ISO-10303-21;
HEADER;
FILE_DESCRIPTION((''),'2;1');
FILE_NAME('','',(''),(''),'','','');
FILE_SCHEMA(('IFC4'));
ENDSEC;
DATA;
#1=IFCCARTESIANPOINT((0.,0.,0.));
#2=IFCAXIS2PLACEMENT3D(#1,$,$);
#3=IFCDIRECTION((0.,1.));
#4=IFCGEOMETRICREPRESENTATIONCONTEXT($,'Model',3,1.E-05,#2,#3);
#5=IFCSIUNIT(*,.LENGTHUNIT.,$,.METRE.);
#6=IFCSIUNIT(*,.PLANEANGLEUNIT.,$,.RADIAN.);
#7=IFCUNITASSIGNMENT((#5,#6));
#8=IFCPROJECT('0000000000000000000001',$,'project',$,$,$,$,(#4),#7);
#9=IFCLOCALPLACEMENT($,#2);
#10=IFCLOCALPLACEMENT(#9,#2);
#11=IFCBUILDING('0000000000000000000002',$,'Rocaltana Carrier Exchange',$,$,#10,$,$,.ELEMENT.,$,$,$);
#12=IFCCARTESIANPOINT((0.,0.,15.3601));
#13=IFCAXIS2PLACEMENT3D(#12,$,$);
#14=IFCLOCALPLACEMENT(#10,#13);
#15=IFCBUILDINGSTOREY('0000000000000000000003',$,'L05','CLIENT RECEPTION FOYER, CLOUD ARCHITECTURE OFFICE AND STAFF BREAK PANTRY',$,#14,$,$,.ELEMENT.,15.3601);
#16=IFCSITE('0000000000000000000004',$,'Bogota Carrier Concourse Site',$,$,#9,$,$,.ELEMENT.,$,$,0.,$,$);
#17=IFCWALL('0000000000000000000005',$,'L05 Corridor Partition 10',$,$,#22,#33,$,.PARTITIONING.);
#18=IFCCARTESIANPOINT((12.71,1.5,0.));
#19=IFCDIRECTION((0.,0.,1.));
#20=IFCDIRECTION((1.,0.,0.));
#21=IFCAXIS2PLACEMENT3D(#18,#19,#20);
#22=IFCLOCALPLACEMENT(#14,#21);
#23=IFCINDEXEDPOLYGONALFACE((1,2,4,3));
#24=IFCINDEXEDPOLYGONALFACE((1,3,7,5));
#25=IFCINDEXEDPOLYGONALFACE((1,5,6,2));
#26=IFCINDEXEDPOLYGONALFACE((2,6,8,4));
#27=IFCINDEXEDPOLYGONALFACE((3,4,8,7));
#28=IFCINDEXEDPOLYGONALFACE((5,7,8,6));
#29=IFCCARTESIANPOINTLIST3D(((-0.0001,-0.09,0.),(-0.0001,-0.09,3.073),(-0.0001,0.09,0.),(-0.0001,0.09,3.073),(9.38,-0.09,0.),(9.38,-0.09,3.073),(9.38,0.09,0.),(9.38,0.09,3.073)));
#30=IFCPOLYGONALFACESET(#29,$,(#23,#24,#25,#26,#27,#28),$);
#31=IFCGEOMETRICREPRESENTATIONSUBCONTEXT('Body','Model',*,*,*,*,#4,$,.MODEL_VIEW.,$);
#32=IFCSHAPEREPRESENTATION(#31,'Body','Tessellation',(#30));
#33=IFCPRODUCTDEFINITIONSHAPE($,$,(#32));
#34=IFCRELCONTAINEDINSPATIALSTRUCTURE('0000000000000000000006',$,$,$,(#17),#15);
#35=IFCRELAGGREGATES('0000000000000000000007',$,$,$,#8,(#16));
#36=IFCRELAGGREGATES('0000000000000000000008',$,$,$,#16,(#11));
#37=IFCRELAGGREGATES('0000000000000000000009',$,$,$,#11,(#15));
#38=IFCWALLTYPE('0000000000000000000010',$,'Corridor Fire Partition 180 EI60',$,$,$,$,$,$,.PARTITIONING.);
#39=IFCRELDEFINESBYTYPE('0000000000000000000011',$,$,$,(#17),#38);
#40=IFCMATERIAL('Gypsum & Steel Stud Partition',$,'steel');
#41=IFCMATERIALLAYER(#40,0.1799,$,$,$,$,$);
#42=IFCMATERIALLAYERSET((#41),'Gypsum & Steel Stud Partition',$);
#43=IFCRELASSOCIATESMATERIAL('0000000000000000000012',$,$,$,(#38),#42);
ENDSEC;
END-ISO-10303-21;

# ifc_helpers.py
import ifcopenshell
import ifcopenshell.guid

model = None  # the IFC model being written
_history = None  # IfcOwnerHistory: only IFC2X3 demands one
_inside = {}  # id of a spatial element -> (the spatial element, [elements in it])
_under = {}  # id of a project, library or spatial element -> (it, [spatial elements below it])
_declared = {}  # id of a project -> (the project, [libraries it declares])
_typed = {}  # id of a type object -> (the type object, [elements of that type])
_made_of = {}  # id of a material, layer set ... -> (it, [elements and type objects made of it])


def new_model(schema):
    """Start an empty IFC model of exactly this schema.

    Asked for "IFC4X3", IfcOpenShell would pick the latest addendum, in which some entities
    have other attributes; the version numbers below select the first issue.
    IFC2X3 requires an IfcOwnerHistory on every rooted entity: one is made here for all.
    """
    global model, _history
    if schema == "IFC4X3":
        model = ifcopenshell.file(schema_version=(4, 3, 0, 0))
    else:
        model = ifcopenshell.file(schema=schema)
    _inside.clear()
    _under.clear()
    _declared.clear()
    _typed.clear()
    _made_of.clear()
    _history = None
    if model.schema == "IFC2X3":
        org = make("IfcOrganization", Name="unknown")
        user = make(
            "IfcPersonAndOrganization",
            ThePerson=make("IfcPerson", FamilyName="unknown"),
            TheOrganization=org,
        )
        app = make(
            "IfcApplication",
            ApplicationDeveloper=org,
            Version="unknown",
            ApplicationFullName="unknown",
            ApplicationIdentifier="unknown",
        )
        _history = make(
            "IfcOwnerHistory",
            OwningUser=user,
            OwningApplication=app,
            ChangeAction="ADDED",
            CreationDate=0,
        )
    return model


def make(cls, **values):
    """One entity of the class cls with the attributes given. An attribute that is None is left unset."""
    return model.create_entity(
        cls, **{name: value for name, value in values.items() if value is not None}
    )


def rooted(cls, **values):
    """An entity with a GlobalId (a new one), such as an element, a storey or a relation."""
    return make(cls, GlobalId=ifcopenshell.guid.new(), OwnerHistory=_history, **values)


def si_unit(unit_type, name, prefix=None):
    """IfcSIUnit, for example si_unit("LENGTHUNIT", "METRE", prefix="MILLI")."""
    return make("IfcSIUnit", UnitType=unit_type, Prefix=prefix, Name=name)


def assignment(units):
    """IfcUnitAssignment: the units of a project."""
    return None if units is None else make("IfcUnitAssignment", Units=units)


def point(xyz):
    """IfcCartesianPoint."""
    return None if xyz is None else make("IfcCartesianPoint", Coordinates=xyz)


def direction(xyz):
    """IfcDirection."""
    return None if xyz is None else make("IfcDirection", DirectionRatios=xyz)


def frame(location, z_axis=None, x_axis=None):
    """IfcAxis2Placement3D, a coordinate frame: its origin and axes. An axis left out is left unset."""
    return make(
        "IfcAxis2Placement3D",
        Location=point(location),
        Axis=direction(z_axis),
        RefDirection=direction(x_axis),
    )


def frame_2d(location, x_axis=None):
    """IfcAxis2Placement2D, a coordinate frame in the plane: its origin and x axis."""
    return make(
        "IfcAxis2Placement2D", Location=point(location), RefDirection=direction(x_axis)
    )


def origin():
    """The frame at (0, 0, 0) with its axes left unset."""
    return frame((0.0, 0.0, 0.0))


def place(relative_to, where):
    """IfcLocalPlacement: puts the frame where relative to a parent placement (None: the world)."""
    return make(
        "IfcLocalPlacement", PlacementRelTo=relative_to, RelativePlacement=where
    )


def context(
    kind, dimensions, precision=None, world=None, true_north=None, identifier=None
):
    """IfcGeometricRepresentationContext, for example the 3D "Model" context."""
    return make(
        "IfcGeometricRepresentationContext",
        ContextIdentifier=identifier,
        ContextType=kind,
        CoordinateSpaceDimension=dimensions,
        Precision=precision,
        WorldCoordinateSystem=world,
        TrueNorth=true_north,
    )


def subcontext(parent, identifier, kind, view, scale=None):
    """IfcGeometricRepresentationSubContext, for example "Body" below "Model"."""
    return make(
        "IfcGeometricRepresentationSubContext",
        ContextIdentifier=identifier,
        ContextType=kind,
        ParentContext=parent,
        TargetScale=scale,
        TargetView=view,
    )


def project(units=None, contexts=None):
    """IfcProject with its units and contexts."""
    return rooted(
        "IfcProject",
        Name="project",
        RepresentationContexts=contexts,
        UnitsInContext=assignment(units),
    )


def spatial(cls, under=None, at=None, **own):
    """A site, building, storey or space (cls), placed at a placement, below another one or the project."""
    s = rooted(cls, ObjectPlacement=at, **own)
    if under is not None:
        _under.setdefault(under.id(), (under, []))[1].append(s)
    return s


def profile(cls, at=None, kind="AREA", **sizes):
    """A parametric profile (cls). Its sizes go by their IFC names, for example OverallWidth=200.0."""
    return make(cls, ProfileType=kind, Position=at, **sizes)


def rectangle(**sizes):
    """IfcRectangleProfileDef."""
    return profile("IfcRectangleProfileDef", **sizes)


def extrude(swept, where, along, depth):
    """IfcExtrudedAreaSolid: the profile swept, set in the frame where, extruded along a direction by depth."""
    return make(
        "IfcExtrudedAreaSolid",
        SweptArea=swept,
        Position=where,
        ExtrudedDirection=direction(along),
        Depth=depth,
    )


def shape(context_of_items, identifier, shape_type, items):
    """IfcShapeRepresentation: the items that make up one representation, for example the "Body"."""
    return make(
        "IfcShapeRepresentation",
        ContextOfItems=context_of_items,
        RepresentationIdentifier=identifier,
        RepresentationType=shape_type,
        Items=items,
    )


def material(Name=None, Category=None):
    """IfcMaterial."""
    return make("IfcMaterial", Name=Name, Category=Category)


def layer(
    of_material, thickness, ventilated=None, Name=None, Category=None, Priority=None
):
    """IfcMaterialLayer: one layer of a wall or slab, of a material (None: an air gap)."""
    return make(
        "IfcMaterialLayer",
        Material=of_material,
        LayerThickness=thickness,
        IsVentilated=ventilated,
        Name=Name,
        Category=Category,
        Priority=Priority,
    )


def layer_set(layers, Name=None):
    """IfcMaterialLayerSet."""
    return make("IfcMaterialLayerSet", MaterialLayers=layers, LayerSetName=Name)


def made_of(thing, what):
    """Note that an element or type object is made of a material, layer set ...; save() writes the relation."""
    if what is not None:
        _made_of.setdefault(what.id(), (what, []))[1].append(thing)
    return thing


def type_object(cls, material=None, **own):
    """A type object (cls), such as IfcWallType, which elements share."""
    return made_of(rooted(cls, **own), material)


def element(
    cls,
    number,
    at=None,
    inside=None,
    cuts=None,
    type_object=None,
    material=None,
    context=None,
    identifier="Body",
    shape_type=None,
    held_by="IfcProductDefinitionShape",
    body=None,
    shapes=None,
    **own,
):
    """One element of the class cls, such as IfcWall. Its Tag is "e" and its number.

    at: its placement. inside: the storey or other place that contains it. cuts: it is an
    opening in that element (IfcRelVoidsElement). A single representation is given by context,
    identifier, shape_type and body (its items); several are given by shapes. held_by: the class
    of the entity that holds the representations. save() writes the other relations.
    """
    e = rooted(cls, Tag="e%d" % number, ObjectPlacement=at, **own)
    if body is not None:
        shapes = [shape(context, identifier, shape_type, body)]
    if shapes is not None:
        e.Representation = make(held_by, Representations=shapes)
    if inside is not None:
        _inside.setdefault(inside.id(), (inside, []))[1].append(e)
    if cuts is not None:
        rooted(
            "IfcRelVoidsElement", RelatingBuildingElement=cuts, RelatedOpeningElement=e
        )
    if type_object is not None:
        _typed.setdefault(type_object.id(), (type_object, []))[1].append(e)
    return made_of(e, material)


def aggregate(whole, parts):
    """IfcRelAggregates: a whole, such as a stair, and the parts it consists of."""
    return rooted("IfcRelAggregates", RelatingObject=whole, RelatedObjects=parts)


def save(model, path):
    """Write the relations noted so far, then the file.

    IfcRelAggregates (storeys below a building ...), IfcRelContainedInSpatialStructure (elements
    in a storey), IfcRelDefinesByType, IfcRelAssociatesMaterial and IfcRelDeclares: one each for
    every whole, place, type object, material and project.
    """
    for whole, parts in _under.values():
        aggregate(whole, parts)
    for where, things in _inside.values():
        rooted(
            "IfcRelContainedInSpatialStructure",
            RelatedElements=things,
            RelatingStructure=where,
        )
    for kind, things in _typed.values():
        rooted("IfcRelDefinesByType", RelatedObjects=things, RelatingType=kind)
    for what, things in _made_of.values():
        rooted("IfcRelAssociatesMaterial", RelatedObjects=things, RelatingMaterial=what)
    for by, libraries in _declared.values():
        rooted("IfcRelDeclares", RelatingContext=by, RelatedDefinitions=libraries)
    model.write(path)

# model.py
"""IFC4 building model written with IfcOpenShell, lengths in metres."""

from ifc_helpers import new_model, si_unit, direction, frame, frame_2d, origin, place, context, subcontext, project, spatial, rectangle, extrude, material, layer, layer_set, type_object, element, save


model = new_model("IFC4")

# Units and contexts
model_context = context("Model", 3, precision=1e-05, world=origin(), true_north=direction((0.0, 1.0)))
body_context = subcontext(model_context, "Body", "Model", "MODEL_VIEW")
ifc_project = project(units=[si_unit("LENGTHUNIT", "METRE"), si_unit("PLANEANGLEUNIT", "RADIAN")], contexts=[model_context])

# Site, building, storey
site_placement = place(None, origin())
site = spatial("IfcSite", under=ifc_project, at=site_placement, Name="Bogota Carrier Concourse Site", CompositionType="ELEMENT", RefElevation=0.0)
building_placement = place(site_placement, origin())
building = spatial("IfcBuilding", under=site, at=building_placement, Name="Rocaltana Carrier Exchange", CompositionType="ELEMENT")
storey_placement = place(building_placement, frame((0.0, 0.0, 15.3601)))
storey = spatial("IfcBuildingStorey", under=building, at=storey_placement, Name="L05", Description="CLIENT RECEPTION FOYER, CLOUD ARCHITECTURE OFFICE AND STAFF BREAK PANTRY", CompositionType="ELEMENT", Elevation=15.3601)

# Wall
ifc_material_1 = material(Name="Gypsum & Steel Stud Partition", Category="steel")
ifc_layer_1 = layer(ifc_material_1, 0.1799)
ifc_layer_set_1 = layer_set([ifc_layer_1], Name="Gypsum & Steel Stud Partition")
wall_type_1 = type_object("IfcWallType", Name="Corridor Fire Partition 180 EI60", PredefinedType="PARTITIONING", material=ifc_layer_set_1)
wall_1_placement = place(storey_placement, frame((12.71, 1.5, 0.0), z_axis=(0.0, 0.0, 1.0), x_axis=(1.0, 0.0, 0.0)))
element("IfcWall", 1, at=wall_1_placement, inside=storey, type_object=wall_type_1, Name="L05 Corridor Partition 10", PredefinedType="PARTITIONING", context=body_context, shape_type="SweptSolid", body=[
    extrude(rectangle(XDim=9.3801, YDim=0.1799, at=frame_2d((4.6899, 0.0))), origin(), (0.0, 0.0, 1.0), 3.073),
])

save(model, "model.ifc")
